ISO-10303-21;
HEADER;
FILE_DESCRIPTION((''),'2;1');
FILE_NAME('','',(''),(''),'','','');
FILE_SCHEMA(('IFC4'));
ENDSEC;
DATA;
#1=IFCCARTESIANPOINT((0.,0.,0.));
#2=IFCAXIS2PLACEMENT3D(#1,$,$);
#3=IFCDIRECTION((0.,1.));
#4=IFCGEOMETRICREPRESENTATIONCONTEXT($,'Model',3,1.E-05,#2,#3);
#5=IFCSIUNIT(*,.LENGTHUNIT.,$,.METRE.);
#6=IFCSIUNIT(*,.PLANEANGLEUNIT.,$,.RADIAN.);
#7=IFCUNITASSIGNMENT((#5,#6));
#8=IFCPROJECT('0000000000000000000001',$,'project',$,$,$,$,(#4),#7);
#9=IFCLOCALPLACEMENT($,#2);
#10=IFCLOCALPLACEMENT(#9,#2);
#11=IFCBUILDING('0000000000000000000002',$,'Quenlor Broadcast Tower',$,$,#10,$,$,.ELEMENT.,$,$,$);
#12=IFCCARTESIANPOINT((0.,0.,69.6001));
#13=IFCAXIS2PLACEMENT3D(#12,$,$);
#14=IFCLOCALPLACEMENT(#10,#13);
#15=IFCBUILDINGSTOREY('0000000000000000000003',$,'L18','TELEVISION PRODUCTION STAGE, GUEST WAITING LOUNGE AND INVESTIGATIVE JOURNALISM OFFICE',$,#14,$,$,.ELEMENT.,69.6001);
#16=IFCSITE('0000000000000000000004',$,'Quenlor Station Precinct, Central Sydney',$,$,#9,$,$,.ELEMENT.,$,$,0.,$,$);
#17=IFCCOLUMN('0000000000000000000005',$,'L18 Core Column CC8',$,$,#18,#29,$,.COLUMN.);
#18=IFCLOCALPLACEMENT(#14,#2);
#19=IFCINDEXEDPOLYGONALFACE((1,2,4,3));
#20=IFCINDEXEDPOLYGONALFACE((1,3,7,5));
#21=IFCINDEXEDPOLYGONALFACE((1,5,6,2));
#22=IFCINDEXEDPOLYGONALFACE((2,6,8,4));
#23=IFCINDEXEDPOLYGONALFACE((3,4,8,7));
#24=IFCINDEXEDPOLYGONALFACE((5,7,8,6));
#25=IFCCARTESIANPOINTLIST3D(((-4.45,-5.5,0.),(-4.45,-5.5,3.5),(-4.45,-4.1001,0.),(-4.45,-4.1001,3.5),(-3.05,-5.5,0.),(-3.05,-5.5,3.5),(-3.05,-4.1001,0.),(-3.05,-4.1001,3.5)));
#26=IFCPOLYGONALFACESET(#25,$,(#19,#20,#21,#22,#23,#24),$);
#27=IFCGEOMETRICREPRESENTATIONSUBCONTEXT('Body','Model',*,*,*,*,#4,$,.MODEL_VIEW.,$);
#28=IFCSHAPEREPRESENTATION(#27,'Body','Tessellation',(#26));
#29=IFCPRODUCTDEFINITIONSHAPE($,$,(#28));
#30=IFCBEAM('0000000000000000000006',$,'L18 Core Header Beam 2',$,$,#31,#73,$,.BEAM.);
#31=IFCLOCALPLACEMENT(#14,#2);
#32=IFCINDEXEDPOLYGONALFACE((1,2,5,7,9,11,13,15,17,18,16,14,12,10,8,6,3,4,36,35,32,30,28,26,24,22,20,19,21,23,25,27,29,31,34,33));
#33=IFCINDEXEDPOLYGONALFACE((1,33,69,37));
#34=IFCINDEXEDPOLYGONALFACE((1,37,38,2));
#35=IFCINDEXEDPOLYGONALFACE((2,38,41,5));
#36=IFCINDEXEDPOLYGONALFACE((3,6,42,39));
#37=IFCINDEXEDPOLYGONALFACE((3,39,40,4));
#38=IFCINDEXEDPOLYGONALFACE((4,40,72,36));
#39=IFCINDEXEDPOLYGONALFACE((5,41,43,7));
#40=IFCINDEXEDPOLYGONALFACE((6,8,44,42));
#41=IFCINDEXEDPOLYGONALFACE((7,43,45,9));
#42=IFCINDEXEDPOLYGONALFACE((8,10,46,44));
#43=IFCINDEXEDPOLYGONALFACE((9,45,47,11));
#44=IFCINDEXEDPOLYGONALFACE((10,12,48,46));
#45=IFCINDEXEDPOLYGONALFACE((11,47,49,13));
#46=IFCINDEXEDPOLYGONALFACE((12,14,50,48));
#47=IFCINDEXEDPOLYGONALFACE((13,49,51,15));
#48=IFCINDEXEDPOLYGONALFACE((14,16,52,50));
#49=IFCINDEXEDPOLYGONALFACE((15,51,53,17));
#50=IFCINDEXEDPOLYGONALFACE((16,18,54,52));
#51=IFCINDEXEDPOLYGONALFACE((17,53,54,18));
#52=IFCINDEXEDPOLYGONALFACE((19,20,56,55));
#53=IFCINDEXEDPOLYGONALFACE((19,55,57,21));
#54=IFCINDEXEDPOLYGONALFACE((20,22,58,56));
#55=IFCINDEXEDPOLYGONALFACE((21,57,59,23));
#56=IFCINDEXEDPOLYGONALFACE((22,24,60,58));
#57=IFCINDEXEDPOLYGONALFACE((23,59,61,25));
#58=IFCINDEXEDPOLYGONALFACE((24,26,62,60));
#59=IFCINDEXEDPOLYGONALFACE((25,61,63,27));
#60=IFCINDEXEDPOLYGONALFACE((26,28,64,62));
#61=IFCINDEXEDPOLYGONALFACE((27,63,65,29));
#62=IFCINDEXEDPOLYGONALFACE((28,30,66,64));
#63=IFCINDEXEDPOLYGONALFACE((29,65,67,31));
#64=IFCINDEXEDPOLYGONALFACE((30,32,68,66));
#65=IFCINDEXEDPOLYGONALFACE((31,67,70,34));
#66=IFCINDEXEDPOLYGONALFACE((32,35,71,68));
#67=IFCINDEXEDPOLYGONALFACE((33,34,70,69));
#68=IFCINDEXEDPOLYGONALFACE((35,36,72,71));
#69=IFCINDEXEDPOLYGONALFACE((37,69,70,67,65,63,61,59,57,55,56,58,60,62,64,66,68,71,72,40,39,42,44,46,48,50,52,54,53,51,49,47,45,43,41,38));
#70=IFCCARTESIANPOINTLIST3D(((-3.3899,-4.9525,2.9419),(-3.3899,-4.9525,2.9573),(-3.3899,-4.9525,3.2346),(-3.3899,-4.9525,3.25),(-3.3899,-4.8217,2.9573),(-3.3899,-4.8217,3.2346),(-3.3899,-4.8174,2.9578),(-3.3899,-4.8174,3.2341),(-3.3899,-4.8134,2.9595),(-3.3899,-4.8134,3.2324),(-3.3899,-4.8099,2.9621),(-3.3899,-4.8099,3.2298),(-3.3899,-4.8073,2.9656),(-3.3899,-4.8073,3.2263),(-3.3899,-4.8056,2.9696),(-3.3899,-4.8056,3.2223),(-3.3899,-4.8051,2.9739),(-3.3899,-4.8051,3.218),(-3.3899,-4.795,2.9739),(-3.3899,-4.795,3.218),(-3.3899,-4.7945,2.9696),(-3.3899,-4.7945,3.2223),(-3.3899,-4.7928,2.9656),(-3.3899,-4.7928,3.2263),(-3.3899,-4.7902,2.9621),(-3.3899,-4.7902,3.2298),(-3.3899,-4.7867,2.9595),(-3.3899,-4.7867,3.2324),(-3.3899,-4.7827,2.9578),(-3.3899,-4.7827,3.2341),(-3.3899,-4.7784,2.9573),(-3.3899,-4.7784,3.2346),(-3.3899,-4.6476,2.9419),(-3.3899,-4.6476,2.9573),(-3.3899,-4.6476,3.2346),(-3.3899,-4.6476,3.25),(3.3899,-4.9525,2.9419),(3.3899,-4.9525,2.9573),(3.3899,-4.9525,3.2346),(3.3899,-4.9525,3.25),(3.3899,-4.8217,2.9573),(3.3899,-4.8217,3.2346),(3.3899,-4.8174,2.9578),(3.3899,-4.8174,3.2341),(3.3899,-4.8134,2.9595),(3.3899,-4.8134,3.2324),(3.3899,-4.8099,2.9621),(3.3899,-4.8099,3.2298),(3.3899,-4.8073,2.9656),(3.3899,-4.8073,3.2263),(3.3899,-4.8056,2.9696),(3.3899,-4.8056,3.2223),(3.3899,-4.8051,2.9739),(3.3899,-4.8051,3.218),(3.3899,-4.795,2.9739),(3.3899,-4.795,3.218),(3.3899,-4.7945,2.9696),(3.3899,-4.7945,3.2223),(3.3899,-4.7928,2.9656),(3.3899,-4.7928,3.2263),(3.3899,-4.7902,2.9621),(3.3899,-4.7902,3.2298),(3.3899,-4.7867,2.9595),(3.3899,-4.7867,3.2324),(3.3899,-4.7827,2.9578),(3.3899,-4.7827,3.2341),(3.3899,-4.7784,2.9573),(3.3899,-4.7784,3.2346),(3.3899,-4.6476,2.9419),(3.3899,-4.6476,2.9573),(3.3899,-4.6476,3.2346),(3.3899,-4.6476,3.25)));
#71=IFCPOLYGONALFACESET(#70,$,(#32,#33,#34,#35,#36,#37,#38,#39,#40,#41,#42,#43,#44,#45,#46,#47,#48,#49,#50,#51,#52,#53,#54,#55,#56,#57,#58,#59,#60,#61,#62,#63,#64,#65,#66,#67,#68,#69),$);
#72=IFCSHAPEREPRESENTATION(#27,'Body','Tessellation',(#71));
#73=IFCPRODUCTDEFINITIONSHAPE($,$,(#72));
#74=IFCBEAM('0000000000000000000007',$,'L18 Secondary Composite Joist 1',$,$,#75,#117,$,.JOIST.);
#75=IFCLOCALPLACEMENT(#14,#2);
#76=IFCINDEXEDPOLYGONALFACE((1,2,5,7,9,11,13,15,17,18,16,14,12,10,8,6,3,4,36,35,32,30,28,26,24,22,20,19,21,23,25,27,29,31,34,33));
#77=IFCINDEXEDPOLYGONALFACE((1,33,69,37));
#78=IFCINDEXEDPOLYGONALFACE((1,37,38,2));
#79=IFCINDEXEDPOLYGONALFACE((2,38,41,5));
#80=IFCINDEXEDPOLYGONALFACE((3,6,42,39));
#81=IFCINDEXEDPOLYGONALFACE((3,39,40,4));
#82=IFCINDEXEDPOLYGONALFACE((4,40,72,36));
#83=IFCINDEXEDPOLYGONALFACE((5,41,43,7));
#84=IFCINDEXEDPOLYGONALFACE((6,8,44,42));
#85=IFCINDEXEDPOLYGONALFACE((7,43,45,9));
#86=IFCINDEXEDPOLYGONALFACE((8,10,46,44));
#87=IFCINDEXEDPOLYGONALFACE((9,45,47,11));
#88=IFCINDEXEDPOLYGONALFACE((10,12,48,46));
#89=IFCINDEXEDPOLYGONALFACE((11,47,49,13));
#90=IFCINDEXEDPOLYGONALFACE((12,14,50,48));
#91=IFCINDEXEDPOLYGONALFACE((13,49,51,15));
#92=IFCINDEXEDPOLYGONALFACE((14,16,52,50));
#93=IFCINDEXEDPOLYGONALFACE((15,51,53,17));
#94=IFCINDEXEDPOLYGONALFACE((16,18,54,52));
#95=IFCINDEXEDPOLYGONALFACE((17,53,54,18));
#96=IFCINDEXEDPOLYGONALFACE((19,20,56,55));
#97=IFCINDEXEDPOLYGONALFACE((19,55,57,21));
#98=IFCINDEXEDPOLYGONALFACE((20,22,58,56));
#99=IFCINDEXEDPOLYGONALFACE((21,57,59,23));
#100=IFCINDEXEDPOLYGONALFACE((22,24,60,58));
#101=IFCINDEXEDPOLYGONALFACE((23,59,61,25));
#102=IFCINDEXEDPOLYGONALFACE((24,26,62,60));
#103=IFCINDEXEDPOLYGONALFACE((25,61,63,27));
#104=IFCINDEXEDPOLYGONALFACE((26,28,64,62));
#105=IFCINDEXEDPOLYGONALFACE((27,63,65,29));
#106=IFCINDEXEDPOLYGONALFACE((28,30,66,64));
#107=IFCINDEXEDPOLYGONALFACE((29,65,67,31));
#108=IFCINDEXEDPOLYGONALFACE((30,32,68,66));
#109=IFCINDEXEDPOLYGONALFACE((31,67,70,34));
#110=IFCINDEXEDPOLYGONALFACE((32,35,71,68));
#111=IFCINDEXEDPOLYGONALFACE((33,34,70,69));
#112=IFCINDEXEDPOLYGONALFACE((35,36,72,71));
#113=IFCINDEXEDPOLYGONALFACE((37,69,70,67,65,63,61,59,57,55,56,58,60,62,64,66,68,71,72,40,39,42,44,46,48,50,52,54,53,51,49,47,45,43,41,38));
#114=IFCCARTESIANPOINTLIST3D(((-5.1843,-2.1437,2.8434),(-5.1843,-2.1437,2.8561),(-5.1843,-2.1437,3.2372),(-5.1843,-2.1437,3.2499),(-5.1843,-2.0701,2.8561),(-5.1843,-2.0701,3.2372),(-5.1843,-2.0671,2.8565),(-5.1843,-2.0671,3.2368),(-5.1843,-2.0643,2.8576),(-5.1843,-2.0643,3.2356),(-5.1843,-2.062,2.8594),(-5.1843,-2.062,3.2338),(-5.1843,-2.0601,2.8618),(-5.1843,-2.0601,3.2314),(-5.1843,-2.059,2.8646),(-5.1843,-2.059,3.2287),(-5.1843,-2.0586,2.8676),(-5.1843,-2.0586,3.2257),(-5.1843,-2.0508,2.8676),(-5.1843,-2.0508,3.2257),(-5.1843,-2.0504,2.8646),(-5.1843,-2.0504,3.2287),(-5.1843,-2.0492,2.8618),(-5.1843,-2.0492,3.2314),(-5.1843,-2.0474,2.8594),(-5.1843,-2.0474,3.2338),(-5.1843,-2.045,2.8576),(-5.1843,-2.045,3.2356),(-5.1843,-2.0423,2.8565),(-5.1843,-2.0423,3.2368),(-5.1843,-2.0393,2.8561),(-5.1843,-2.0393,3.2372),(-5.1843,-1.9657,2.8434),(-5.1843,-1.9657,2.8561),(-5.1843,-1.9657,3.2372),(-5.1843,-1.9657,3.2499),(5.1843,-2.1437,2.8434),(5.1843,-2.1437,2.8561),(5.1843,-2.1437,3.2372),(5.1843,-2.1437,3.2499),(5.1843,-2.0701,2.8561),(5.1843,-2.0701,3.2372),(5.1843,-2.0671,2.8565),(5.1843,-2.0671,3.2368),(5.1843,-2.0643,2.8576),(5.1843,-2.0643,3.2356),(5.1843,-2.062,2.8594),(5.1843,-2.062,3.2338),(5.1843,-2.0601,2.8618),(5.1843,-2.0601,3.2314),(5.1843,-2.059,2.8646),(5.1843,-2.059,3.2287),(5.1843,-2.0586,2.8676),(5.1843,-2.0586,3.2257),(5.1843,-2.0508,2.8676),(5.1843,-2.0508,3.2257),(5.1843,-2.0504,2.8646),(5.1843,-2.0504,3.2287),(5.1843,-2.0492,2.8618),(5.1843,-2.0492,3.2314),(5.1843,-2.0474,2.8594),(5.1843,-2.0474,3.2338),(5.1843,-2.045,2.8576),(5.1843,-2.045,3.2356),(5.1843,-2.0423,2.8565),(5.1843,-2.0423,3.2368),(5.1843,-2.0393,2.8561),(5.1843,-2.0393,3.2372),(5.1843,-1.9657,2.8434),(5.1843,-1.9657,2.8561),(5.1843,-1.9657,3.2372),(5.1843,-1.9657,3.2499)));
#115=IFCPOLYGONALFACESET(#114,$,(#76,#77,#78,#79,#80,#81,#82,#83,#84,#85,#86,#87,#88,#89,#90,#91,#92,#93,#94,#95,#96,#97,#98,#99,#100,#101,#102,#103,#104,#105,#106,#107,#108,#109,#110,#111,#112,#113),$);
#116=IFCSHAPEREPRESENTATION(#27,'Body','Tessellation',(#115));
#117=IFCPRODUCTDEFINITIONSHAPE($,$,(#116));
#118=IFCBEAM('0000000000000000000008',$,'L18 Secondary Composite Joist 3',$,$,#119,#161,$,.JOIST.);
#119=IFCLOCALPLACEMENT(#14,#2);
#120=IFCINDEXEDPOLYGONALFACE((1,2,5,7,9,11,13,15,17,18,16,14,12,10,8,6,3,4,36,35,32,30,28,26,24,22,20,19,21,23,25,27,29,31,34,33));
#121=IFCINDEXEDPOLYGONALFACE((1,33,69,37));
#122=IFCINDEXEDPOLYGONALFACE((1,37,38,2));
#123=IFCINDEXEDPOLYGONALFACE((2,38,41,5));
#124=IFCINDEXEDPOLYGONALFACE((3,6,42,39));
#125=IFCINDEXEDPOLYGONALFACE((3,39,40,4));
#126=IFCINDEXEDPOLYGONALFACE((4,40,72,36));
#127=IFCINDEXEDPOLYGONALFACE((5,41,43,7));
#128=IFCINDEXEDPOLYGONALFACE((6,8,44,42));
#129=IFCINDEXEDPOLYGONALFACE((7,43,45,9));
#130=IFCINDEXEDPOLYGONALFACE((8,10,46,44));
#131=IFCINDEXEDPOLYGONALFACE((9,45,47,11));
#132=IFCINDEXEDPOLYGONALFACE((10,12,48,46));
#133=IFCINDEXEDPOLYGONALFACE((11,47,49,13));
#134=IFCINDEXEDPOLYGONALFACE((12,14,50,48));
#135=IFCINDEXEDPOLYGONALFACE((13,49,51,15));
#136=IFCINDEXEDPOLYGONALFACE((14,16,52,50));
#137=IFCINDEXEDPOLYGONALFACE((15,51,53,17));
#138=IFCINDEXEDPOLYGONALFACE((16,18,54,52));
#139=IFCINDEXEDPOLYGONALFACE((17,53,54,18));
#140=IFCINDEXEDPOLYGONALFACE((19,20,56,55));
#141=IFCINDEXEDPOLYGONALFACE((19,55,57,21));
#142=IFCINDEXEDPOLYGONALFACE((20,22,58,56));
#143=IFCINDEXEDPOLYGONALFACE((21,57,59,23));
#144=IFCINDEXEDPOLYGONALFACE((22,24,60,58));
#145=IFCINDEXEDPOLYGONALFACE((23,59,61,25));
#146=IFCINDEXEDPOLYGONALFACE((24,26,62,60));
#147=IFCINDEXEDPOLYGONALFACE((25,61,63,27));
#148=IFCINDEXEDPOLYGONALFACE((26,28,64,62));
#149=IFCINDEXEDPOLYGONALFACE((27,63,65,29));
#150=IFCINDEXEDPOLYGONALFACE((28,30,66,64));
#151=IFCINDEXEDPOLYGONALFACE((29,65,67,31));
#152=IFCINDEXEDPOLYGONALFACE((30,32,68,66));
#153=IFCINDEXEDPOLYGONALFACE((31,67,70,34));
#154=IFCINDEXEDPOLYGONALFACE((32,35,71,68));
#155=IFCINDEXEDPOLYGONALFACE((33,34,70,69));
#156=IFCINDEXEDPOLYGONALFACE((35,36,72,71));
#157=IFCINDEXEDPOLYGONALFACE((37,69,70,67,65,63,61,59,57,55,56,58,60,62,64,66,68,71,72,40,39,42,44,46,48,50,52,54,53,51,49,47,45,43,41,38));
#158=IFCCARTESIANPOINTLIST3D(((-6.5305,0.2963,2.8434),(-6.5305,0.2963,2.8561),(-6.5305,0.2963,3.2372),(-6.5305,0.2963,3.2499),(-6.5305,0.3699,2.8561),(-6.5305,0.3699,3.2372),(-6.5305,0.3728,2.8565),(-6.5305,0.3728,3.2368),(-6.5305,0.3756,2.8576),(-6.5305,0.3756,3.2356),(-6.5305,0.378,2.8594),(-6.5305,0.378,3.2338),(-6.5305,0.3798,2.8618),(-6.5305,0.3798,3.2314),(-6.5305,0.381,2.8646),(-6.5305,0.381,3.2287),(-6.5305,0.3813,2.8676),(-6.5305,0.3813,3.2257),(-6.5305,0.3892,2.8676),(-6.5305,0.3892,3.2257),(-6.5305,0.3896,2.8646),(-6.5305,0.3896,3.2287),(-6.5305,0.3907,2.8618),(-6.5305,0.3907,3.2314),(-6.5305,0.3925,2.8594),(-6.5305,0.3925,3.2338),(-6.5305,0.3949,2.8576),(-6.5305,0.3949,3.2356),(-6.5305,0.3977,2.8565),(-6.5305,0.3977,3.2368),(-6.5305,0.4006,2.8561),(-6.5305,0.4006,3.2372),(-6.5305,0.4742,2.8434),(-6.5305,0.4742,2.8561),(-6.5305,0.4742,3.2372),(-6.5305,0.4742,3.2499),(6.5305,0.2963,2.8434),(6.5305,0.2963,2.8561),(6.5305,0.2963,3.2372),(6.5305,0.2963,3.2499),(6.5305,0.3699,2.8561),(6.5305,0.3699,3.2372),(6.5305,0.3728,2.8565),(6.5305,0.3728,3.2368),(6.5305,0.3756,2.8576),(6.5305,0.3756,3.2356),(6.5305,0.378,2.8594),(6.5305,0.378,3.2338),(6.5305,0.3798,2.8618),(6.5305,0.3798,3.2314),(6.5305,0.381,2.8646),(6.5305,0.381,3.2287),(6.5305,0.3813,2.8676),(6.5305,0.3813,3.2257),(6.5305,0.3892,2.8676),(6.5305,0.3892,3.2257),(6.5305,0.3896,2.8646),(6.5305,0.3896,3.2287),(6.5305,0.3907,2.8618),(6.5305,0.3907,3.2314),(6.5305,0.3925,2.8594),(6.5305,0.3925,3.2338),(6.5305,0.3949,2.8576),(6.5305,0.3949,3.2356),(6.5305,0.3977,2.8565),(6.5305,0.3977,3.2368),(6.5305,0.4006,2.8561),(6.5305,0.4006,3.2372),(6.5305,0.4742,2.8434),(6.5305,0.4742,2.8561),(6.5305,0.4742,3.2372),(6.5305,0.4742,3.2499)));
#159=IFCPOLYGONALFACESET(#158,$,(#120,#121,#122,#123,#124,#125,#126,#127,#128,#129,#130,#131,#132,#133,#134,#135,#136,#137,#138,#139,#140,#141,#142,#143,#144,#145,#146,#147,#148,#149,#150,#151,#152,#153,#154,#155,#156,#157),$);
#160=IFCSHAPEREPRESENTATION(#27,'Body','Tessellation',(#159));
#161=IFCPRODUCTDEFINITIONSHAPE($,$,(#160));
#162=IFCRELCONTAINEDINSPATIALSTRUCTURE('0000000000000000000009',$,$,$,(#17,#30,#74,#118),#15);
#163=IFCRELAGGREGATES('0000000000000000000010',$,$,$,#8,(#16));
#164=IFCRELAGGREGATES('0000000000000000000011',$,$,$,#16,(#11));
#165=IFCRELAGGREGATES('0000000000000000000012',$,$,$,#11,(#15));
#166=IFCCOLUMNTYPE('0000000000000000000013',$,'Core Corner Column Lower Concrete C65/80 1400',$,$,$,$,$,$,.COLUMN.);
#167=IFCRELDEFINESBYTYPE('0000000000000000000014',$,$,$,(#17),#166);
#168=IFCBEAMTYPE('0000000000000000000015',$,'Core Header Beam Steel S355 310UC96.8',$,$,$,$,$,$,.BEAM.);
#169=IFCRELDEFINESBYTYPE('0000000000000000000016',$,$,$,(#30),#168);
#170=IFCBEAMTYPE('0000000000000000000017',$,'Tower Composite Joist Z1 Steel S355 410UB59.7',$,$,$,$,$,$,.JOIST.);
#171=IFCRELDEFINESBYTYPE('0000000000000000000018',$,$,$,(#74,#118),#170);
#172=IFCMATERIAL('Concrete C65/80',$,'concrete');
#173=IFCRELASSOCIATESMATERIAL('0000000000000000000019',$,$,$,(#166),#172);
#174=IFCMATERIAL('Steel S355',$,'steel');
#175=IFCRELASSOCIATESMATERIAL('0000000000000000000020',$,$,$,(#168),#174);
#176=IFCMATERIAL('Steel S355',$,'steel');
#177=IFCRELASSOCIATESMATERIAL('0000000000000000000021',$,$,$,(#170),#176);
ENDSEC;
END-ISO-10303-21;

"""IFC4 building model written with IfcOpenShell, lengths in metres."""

from ifc_helpers import new_model, si_unit, direction, frame, origin, origin_2d, place, context, subcontext, project, spatial, rectangle, i_section, extrude, material, material_profile, profile_set, type_object, element, save


model = new_model("IFC4")

# Units and contexts
model_context = context("Model", 3, precision=1e-05, world=origin(), true_north=direction((0.0, 1.0)))
body_context = subcontext(model_context, "Body", "Model", "MODEL_VIEW")
ifc_project = project(units=[si_unit("LENGTHUNIT", "METRE"), si_unit("PLANEANGLEUNIT", "RADIAN")], contexts=[model_context])

# Site, building, storey
site_placement = place(None, origin())
site = spatial("IfcSite", under=ifc_project, at=site_placement, Name="Quenlor Station Precinct, Central Sydney", CompositionType="ELEMENT", RefElevation=0.0)
building_placement = place(site_placement, origin())
building = spatial("IfcBuilding", under=site, at=building_placement, Name="Quenlor Broadcast Tower", CompositionType="ELEMENT")
storey_placement = place(building_placement, frame((0.0, 0.0, 69.6001)))
storey = spatial("IfcBuildingStorey", under=building, at=storey_placement, Name="L18", Description="TELEVISION PRODUCTION STAGE, GUEST WAITING LOUNGE AND INVESTIGATIVE JOURNALISM OFFICE", CompositionType="ELEMENT", Elevation=69.6001)

# Column
ifc_material_1 = material(Name="Concrete C65/80", Category="concrete")
ifc_material_profile_1 = material_profile(ifc_material_1, rectangle(XDim=1.3999, YDim=1.3999, at=origin_2d()))
ifc_profile_set_1 = profile_set([ifc_material_profile_1], Name="Concrete C65/80 RC1400x1400")
column_type = type_object("IfcColumnType", Name="Core Corner Column Lower Concrete C65/80 1400", PredefinedType="COLUMN", material=ifc_profile_set_1)
column_placement = place(storey_placement, frame((-3.75, -4.8, 0.0), z_axis=(0.0, 0.0, 1.0), x_axis=(1.0, 0.0, 0.0)))
element("IfcColumn", 1, at=column_placement, inside=storey, type_object=column_type, Name="L18 Core Column CC8", PredefinedType="COLUMN", context=body_context, shape_type="SweptSolid", body=[
    extrude(rectangle(XDim=1.3999, YDim=1.3999, at=origin_2d()), origin(), (0.0, 0.0, 1.0), 3.5),
])

# Beams
ifc_material_2 = material(Name="Steel S355", Category="steel")
ifc_material_profile_2 = material_profile(ifc_material_2, i_section(OverallWidth=0.3049, OverallDepth=0.3081, WebThickness=0.01, FlangeThickness=0.0154, FilletRadius=0.0166, at=origin_2d()))
ifc_profile_set_2 = profile_set([ifc_material_profile_2], Name="Steel S355 310UC96.8")
beam_type_1 = type_object("IfcBeamType", Name="Core Header Beam Steel S355 310UC96.8", PredefinedType="BEAM", material=ifc_profile_set_2)
beam_1_placement = place(storey_placement, frame((-3.3899, -4.8, 3.0959), z_axis=(1.0, 0.0, 0.0), x_axis=(0.0, 1.0, 0.0)))
element("IfcBeam", 2, at=beam_1_placement, inside=storey, type_object=beam_type_1, Name="L18 Core Header Beam 2", PredefinedType="BEAM", context=body_context, shape_type="SweptSolid", body=[
    extrude(i_section(OverallWidth=0.3049, OverallDepth=0.3081, WebThickness=0.01, FlangeThickness=0.0154, FilletRadius=0.0166, at=origin_2d()), origin(), (0.0, 0.0, 1.0), 6.7798),
])
ifc_material_3 = material(Name="Steel S355", Category="steel")
ifc_material_profile_3 = material_profile(ifc_material_3, i_section(OverallWidth=0.178, OverallDepth=0.4065, WebThickness=0.0078, FlangeThickness=0.0127, FilletRadius=0.0115, at=origin_2d()))
ifc_profile_set_3 = profile_set([ifc_material_profile_3], Name="Steel S355 410UB59.7")
beam_type_2 = type_object("IfcBeamType", Name="Tower Composite Joist Z1 Steel S355 410UB59.7", PredefinedType="JOIST", material=ifc_profile_set_3)
beam_2_placement = place(storey_placement, frame((-5.1843, -2.0547, 3.0466), z_axis=(1.0, 0.0, 0.0), x_axis=(0.0, 1.0, 0.0)))
element("IfcBeam", 3, at=beam_2_placement, inside=storey, type_object=beam_type_2, Name="L18 Secondary Composite Joist 1", PredefinedType="JOIST", context=body_context, shape_type="SweptSolid", body=[
    extrude(i_section(OverallWidth=0.178, OverallDepth=0.4065, WebThickness=0.0078, FlangeThickness=0.0127, FilletRadius=0.0115, at=origin_2d()), origin(), (0.0, 0.0, 1.0), 10.3687),
])
beam_3_placement = place(storey_placement, frame((-6.5305, 0.3853, 3.0466), z_axis=(1.0, 0.0, 0.0), x_axis=(0.0, 1.0, 0.0)))
element("IfcBeam", 4, at=beam_3_placement, inside=storey, type_object=beam_type_2, Name="L18 Secondary Composite Joist 3", PredefinedType="JOIST", context=body_context, shape_type="SweptSolid", body=[
    extrude(i_section(OverallWidth=0.178, OverallDepth=0.4065, WebThickness=0.0078, FlangeThickness=0.0127, FilletRadius=0.0115, at=origin_2d()), origin(), (0.0, 0.0, 1.0), 13.061),
])

save(model, "model.ifc")
